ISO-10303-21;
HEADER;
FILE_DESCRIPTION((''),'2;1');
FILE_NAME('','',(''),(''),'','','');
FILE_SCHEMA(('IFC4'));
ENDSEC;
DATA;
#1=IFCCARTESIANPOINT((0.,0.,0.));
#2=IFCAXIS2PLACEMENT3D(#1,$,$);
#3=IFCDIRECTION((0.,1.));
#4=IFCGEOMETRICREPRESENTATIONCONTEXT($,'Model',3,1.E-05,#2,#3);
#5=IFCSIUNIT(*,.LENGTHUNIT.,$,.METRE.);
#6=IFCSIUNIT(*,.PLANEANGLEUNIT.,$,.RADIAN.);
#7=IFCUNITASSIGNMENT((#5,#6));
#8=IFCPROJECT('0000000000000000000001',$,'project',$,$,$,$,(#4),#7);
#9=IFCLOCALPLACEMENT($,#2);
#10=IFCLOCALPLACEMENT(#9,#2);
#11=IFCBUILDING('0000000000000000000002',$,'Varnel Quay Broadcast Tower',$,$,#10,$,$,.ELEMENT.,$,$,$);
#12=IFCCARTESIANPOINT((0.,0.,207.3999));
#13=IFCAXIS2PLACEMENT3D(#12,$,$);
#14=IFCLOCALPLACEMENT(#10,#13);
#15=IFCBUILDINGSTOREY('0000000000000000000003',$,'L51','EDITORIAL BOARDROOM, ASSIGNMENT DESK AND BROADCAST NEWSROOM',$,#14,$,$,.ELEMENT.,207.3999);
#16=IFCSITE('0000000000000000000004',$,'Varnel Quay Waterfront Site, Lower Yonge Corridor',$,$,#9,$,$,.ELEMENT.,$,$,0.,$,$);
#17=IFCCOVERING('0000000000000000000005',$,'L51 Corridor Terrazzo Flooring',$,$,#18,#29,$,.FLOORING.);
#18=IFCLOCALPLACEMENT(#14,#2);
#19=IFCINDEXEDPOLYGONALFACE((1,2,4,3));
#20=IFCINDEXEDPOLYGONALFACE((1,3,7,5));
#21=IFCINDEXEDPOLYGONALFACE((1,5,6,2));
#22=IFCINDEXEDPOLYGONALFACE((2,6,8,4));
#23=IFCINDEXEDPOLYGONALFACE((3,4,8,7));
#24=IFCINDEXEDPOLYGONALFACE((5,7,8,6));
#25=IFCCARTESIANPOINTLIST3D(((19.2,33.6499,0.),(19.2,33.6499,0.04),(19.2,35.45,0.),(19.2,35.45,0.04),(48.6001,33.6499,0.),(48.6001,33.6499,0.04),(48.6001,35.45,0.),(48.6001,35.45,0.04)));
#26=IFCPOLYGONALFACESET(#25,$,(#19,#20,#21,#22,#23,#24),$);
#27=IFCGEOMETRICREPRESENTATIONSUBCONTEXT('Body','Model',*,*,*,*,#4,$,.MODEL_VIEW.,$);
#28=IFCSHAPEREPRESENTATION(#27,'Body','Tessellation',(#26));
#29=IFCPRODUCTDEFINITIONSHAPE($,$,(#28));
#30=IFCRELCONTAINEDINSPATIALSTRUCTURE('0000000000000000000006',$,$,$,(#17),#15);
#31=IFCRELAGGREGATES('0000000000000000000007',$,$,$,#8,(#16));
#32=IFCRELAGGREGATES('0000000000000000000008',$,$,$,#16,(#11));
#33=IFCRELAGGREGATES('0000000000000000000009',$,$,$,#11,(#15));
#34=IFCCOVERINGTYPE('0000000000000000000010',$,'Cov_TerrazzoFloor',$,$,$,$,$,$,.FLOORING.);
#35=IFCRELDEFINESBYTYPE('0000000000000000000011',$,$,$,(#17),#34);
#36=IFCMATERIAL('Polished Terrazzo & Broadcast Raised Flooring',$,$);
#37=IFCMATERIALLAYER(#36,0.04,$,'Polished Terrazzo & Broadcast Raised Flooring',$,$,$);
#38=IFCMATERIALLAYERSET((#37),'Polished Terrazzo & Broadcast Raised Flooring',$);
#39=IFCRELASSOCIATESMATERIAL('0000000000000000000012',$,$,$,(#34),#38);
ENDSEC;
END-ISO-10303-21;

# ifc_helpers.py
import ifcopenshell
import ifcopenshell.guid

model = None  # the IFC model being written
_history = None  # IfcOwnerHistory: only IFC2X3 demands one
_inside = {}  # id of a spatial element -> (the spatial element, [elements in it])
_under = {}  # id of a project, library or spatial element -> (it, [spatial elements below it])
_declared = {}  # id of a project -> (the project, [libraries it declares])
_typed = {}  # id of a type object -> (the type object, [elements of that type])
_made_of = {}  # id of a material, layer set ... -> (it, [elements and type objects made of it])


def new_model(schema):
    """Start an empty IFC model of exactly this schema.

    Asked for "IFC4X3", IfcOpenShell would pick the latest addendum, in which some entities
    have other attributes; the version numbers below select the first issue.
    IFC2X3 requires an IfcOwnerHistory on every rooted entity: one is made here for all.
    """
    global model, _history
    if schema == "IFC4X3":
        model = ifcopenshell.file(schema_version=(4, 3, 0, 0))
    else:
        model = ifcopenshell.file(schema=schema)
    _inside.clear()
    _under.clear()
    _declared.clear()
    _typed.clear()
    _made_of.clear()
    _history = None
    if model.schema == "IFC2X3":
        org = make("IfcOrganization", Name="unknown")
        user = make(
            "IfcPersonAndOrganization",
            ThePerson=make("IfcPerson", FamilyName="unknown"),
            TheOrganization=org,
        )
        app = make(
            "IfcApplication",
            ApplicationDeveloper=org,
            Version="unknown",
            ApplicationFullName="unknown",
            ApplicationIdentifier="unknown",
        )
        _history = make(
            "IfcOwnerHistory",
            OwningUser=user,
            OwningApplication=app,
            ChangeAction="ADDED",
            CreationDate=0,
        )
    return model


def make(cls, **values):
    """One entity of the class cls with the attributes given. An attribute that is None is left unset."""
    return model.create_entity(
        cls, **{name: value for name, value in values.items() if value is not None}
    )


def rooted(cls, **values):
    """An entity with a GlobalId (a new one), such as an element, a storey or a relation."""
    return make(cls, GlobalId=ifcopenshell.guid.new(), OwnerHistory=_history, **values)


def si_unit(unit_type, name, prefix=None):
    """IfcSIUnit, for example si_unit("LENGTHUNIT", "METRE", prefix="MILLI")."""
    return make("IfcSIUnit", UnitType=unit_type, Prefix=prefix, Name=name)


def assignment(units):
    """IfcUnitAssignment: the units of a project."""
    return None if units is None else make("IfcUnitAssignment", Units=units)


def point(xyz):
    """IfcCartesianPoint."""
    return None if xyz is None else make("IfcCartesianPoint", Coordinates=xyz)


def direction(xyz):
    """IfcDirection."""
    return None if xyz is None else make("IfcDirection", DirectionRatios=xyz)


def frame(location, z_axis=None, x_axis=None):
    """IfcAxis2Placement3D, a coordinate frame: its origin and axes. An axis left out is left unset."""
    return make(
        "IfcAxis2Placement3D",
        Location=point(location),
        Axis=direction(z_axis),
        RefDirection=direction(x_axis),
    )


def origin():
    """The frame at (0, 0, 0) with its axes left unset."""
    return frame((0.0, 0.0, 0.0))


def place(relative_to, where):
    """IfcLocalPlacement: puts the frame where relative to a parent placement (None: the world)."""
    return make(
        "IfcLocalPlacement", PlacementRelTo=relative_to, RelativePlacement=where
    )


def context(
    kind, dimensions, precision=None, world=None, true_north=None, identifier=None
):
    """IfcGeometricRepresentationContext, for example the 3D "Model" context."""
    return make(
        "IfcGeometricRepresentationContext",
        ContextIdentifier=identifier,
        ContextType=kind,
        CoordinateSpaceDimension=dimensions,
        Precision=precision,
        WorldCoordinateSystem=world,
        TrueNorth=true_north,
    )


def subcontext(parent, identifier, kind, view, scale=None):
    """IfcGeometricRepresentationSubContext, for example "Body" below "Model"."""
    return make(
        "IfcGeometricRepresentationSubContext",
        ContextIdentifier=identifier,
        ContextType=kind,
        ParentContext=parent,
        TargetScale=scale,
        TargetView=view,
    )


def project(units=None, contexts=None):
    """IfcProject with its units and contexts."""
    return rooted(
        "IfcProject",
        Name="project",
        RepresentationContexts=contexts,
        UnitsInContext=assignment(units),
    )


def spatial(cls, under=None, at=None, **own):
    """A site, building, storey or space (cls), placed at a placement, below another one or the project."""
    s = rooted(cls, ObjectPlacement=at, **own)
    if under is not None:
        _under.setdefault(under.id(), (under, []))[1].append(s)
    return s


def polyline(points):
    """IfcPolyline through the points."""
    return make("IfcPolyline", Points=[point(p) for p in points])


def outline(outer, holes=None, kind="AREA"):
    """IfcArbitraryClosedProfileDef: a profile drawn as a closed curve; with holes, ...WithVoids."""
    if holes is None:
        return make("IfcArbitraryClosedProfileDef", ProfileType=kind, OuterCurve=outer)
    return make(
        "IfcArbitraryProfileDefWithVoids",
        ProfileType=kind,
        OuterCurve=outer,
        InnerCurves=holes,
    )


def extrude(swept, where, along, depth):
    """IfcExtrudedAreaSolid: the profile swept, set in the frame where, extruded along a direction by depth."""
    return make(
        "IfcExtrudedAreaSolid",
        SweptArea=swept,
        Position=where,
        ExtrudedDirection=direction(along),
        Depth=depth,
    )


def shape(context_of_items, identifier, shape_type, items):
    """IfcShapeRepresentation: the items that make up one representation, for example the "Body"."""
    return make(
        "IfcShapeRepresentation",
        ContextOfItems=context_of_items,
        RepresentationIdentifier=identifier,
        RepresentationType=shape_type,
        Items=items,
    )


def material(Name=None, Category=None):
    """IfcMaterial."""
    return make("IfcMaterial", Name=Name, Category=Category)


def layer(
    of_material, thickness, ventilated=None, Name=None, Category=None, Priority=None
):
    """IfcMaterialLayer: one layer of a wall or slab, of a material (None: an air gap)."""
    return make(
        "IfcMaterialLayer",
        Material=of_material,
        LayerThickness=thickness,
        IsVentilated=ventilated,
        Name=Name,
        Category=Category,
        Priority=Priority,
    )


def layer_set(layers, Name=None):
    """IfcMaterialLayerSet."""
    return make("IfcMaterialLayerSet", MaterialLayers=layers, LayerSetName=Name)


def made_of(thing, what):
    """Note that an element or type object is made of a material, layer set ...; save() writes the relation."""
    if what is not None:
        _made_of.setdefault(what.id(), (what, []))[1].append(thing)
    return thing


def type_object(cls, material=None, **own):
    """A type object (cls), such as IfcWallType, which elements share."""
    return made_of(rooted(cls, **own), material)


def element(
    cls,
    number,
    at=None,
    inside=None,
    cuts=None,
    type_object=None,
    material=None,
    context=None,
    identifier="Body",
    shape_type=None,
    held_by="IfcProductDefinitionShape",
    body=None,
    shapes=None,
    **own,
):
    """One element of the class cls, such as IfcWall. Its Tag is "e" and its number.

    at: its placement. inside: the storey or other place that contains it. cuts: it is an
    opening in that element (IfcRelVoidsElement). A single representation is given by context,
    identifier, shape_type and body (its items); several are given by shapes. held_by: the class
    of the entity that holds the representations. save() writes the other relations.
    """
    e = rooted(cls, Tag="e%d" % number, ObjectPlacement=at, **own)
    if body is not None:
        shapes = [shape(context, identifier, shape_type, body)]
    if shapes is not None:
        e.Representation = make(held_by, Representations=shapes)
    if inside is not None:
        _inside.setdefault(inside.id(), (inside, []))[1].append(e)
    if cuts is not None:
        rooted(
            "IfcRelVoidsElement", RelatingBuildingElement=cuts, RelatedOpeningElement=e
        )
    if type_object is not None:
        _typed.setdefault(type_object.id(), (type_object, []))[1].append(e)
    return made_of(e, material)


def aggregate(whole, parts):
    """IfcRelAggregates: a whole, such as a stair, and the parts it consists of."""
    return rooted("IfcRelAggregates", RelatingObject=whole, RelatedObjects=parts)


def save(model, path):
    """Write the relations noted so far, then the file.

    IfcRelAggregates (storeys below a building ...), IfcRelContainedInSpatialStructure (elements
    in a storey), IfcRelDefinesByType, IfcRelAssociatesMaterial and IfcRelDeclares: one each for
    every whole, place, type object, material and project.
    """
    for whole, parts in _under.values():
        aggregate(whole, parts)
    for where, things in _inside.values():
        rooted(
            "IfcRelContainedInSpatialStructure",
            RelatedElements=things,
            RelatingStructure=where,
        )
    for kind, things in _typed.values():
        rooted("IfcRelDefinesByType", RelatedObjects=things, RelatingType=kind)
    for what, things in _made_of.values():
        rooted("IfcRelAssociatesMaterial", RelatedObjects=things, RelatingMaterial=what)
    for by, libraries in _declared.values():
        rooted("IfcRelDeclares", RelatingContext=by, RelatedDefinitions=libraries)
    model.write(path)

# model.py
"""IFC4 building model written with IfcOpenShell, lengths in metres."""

from ifc_helpers import new_model, si_unit, direction, frame, origin, place, context, subcontext, project, spatial, polyline, outline, extrude, material, layer, layer_set, type_object, element, save


model = new_model("IFC4")

# Units and contexts
model_context = context("Model", 3, precision=1e-05, world=origin(), true_north=direction((0.0, 1.0)))
body_context = subcontext(model_context, "Body", "Model", "MODEL_VIEW")
ifc_project = project(units=[si_unit("LENGTHUNIT", "METRE"), si_unit("PLANEANGLEUNIT", "RADIAN")], contexts=[model_context])

# Site, building, storey
site_placement = place(None, origin())
site = spatial("IfcSite", under=ifc_project, at=site_placement, Name="Varnel Quay Waterfront Site, Lower Yonge Corridor", CompositionType="ELEMENT", RefElevation=0.0)
building_placement = place(site_placement, origin())
building = spatial("IfcBuilding", under=site, at=building_placement, Name="Varnel Quay Broadcast Tower", CompositionType="ELEMENT")
storey_placement = place(building_placement, frame((0.0, 0.0, 207.3999)))
storey = spatial("IfcBuildingStorey", under=building, at=storey_placement, Name="L51", Description="EDITORIAL BOARDROOM, ASSIGNMENT DESK AND BROADCAST NEWSROOM", CompositionType="ELEMENT", Elevation=207.3999)

# Covering
ifc_material_1 = material(Name="Polished Terrazzo & Broadcast Raised Flooring")
ifc_layer_1 = layer(ifc_material_1, 0.04, Name="Polished Terrazzo & Broadcast Raised Flooring")
ifc_layer_set_1 = layer_set([ifc_layer_1], Name="Polished Terrazzo & Broadcast Raised Flooring")
covering_type_1 = type_object("IfcCoveringType", Name="Cov_TerrazzoFloor", PredefinedType="FLOORING", material=ifc_layer_set_1)
covering_1_placement = place(storey_placement, origin())
element("IfcCovering", 1, at=covering_1_placement, inside=storey, type_object=covering_type_1, Name="L51 Corridor Terrazzo Flooring", PredefinedType="FLOORING", context=body_context, shape_type="SweptSolid", body=[
    extrude(outline(polyline([(19.2, 33.6499), (48.6001, 33.6499), (48.6001, 35.45), (19.2, 35.45), (19.2, 33.6499)])), origin(), (0.0, 0.0, 1.0), 0.04),
])

save(model, "model.ifc")
